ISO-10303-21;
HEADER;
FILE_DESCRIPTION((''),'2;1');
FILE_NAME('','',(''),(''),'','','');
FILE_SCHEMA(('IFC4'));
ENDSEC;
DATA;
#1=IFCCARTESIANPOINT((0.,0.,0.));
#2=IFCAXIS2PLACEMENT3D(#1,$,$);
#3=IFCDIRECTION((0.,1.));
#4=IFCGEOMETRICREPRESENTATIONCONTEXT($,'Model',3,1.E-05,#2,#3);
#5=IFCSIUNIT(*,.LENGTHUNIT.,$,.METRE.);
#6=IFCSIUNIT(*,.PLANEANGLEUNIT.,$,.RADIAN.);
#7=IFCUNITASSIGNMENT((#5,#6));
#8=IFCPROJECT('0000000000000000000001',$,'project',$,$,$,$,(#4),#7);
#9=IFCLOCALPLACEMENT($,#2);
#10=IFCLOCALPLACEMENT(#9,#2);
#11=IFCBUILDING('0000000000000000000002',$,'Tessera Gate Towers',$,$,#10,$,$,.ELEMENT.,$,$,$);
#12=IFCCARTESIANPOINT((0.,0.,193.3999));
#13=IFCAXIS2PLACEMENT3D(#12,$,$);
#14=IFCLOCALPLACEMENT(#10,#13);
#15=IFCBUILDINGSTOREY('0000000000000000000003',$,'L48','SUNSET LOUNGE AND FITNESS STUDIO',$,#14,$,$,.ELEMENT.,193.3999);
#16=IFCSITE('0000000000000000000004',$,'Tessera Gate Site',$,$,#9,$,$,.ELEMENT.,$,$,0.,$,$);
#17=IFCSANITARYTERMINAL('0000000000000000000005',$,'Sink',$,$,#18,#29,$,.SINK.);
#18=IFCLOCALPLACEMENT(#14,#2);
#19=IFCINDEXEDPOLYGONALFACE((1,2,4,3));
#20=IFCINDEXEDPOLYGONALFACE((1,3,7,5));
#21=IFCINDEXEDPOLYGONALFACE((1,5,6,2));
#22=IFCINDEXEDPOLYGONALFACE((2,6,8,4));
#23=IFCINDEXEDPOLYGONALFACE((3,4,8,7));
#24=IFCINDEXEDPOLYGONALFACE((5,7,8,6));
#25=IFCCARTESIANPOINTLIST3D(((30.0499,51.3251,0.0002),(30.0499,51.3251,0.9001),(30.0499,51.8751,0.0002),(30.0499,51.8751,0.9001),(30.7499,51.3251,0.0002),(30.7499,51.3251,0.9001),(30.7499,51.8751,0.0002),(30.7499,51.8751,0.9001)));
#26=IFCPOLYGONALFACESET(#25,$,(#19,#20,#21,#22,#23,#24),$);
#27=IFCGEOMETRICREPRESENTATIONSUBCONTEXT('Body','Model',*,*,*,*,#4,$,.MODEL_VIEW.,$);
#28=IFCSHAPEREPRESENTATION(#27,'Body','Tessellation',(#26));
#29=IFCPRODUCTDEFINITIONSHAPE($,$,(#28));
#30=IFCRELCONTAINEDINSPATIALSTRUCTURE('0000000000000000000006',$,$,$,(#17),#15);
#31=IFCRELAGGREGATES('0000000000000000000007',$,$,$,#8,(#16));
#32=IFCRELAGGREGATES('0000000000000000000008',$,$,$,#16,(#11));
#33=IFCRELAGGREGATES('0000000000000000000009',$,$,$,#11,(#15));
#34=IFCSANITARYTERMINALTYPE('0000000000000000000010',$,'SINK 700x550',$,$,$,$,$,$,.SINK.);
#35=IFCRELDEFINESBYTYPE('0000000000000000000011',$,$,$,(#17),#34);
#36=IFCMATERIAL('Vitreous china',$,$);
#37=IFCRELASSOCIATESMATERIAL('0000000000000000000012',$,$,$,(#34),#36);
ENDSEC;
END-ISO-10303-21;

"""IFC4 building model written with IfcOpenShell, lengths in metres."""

from ifc_helpers import new_model, si_unit, direction, frame, origin, origin_2d, place, context, subcontext, project, spatial, rectangle, extrude, material, type_object, element, save


model = new_model("IFC4")

# Units and contexts
model_context = context("Model", 3, precision=1e-05, world=origin(), true_north=direction((0.0, 1.0)))
body_context = subcontext(model_context, "Body", "Model", "MODEL_VIEW")
ifc_project = project(units=[si_unit("LENGTHUNIT", "METRE"), si_unit("PLANEANGLEUNIT", "RADIAN")], contexts=[model_context])

# Site, building, storey
site_placement = place(None, origin())
site = spatial("IfcSite", under=ifc_project, at=site_placement, Name="Tessera Gate Site", CompositionType="ELEMENT", RefElevation=0.0)
building_placement = place(site_placement, origin())
building = spatial("IfcBuilding", under=site, at=building_placement, Name="Tessera Gate Towers", CompositionType="ELEMENT")
storey_placement = place(building_placement, frame((0.0, 0.0, 193.3999)))
storey = spatial("IfcBuildingStorey", under=building, at=storey_placement, Name="L48", Description="SUNSET LOUNGE AND FITNESS STUDIO", CompositionType="ELEMENT", Elevation=193.3999)

# Sanitary terminal
ifc_material_1 = material(Name="Vitreous china")
sanitary_terminal_type = type_object("IfcSanitaryTerminalType", Name="SINK 700x550", PredefinedType="SINK", material=ifc_material_1)
sanitary_terminal_placement = place(storey_placement, frame((30.3999, 51.6001, 0.0002), z_axis=(0.0, 0.0, 1.0), x_axis=(1.0, 0.0, 0.0)))
element("IfcSanitaryTerminal", 1, at=sanitary_terminal_placement, inside=storey, type_object=sanitary_terminal_type, Name="Sink", PredefinedType="SINK", context=body_context, shape_type="SweptSolid", body=[
    extrude(rectangle(XDim=0.7, YDim=0.55, at=origin_2d()), origin(), (0.0, 0.0, 1.0), 0.8999),
])

save(model, "model.ifc")
